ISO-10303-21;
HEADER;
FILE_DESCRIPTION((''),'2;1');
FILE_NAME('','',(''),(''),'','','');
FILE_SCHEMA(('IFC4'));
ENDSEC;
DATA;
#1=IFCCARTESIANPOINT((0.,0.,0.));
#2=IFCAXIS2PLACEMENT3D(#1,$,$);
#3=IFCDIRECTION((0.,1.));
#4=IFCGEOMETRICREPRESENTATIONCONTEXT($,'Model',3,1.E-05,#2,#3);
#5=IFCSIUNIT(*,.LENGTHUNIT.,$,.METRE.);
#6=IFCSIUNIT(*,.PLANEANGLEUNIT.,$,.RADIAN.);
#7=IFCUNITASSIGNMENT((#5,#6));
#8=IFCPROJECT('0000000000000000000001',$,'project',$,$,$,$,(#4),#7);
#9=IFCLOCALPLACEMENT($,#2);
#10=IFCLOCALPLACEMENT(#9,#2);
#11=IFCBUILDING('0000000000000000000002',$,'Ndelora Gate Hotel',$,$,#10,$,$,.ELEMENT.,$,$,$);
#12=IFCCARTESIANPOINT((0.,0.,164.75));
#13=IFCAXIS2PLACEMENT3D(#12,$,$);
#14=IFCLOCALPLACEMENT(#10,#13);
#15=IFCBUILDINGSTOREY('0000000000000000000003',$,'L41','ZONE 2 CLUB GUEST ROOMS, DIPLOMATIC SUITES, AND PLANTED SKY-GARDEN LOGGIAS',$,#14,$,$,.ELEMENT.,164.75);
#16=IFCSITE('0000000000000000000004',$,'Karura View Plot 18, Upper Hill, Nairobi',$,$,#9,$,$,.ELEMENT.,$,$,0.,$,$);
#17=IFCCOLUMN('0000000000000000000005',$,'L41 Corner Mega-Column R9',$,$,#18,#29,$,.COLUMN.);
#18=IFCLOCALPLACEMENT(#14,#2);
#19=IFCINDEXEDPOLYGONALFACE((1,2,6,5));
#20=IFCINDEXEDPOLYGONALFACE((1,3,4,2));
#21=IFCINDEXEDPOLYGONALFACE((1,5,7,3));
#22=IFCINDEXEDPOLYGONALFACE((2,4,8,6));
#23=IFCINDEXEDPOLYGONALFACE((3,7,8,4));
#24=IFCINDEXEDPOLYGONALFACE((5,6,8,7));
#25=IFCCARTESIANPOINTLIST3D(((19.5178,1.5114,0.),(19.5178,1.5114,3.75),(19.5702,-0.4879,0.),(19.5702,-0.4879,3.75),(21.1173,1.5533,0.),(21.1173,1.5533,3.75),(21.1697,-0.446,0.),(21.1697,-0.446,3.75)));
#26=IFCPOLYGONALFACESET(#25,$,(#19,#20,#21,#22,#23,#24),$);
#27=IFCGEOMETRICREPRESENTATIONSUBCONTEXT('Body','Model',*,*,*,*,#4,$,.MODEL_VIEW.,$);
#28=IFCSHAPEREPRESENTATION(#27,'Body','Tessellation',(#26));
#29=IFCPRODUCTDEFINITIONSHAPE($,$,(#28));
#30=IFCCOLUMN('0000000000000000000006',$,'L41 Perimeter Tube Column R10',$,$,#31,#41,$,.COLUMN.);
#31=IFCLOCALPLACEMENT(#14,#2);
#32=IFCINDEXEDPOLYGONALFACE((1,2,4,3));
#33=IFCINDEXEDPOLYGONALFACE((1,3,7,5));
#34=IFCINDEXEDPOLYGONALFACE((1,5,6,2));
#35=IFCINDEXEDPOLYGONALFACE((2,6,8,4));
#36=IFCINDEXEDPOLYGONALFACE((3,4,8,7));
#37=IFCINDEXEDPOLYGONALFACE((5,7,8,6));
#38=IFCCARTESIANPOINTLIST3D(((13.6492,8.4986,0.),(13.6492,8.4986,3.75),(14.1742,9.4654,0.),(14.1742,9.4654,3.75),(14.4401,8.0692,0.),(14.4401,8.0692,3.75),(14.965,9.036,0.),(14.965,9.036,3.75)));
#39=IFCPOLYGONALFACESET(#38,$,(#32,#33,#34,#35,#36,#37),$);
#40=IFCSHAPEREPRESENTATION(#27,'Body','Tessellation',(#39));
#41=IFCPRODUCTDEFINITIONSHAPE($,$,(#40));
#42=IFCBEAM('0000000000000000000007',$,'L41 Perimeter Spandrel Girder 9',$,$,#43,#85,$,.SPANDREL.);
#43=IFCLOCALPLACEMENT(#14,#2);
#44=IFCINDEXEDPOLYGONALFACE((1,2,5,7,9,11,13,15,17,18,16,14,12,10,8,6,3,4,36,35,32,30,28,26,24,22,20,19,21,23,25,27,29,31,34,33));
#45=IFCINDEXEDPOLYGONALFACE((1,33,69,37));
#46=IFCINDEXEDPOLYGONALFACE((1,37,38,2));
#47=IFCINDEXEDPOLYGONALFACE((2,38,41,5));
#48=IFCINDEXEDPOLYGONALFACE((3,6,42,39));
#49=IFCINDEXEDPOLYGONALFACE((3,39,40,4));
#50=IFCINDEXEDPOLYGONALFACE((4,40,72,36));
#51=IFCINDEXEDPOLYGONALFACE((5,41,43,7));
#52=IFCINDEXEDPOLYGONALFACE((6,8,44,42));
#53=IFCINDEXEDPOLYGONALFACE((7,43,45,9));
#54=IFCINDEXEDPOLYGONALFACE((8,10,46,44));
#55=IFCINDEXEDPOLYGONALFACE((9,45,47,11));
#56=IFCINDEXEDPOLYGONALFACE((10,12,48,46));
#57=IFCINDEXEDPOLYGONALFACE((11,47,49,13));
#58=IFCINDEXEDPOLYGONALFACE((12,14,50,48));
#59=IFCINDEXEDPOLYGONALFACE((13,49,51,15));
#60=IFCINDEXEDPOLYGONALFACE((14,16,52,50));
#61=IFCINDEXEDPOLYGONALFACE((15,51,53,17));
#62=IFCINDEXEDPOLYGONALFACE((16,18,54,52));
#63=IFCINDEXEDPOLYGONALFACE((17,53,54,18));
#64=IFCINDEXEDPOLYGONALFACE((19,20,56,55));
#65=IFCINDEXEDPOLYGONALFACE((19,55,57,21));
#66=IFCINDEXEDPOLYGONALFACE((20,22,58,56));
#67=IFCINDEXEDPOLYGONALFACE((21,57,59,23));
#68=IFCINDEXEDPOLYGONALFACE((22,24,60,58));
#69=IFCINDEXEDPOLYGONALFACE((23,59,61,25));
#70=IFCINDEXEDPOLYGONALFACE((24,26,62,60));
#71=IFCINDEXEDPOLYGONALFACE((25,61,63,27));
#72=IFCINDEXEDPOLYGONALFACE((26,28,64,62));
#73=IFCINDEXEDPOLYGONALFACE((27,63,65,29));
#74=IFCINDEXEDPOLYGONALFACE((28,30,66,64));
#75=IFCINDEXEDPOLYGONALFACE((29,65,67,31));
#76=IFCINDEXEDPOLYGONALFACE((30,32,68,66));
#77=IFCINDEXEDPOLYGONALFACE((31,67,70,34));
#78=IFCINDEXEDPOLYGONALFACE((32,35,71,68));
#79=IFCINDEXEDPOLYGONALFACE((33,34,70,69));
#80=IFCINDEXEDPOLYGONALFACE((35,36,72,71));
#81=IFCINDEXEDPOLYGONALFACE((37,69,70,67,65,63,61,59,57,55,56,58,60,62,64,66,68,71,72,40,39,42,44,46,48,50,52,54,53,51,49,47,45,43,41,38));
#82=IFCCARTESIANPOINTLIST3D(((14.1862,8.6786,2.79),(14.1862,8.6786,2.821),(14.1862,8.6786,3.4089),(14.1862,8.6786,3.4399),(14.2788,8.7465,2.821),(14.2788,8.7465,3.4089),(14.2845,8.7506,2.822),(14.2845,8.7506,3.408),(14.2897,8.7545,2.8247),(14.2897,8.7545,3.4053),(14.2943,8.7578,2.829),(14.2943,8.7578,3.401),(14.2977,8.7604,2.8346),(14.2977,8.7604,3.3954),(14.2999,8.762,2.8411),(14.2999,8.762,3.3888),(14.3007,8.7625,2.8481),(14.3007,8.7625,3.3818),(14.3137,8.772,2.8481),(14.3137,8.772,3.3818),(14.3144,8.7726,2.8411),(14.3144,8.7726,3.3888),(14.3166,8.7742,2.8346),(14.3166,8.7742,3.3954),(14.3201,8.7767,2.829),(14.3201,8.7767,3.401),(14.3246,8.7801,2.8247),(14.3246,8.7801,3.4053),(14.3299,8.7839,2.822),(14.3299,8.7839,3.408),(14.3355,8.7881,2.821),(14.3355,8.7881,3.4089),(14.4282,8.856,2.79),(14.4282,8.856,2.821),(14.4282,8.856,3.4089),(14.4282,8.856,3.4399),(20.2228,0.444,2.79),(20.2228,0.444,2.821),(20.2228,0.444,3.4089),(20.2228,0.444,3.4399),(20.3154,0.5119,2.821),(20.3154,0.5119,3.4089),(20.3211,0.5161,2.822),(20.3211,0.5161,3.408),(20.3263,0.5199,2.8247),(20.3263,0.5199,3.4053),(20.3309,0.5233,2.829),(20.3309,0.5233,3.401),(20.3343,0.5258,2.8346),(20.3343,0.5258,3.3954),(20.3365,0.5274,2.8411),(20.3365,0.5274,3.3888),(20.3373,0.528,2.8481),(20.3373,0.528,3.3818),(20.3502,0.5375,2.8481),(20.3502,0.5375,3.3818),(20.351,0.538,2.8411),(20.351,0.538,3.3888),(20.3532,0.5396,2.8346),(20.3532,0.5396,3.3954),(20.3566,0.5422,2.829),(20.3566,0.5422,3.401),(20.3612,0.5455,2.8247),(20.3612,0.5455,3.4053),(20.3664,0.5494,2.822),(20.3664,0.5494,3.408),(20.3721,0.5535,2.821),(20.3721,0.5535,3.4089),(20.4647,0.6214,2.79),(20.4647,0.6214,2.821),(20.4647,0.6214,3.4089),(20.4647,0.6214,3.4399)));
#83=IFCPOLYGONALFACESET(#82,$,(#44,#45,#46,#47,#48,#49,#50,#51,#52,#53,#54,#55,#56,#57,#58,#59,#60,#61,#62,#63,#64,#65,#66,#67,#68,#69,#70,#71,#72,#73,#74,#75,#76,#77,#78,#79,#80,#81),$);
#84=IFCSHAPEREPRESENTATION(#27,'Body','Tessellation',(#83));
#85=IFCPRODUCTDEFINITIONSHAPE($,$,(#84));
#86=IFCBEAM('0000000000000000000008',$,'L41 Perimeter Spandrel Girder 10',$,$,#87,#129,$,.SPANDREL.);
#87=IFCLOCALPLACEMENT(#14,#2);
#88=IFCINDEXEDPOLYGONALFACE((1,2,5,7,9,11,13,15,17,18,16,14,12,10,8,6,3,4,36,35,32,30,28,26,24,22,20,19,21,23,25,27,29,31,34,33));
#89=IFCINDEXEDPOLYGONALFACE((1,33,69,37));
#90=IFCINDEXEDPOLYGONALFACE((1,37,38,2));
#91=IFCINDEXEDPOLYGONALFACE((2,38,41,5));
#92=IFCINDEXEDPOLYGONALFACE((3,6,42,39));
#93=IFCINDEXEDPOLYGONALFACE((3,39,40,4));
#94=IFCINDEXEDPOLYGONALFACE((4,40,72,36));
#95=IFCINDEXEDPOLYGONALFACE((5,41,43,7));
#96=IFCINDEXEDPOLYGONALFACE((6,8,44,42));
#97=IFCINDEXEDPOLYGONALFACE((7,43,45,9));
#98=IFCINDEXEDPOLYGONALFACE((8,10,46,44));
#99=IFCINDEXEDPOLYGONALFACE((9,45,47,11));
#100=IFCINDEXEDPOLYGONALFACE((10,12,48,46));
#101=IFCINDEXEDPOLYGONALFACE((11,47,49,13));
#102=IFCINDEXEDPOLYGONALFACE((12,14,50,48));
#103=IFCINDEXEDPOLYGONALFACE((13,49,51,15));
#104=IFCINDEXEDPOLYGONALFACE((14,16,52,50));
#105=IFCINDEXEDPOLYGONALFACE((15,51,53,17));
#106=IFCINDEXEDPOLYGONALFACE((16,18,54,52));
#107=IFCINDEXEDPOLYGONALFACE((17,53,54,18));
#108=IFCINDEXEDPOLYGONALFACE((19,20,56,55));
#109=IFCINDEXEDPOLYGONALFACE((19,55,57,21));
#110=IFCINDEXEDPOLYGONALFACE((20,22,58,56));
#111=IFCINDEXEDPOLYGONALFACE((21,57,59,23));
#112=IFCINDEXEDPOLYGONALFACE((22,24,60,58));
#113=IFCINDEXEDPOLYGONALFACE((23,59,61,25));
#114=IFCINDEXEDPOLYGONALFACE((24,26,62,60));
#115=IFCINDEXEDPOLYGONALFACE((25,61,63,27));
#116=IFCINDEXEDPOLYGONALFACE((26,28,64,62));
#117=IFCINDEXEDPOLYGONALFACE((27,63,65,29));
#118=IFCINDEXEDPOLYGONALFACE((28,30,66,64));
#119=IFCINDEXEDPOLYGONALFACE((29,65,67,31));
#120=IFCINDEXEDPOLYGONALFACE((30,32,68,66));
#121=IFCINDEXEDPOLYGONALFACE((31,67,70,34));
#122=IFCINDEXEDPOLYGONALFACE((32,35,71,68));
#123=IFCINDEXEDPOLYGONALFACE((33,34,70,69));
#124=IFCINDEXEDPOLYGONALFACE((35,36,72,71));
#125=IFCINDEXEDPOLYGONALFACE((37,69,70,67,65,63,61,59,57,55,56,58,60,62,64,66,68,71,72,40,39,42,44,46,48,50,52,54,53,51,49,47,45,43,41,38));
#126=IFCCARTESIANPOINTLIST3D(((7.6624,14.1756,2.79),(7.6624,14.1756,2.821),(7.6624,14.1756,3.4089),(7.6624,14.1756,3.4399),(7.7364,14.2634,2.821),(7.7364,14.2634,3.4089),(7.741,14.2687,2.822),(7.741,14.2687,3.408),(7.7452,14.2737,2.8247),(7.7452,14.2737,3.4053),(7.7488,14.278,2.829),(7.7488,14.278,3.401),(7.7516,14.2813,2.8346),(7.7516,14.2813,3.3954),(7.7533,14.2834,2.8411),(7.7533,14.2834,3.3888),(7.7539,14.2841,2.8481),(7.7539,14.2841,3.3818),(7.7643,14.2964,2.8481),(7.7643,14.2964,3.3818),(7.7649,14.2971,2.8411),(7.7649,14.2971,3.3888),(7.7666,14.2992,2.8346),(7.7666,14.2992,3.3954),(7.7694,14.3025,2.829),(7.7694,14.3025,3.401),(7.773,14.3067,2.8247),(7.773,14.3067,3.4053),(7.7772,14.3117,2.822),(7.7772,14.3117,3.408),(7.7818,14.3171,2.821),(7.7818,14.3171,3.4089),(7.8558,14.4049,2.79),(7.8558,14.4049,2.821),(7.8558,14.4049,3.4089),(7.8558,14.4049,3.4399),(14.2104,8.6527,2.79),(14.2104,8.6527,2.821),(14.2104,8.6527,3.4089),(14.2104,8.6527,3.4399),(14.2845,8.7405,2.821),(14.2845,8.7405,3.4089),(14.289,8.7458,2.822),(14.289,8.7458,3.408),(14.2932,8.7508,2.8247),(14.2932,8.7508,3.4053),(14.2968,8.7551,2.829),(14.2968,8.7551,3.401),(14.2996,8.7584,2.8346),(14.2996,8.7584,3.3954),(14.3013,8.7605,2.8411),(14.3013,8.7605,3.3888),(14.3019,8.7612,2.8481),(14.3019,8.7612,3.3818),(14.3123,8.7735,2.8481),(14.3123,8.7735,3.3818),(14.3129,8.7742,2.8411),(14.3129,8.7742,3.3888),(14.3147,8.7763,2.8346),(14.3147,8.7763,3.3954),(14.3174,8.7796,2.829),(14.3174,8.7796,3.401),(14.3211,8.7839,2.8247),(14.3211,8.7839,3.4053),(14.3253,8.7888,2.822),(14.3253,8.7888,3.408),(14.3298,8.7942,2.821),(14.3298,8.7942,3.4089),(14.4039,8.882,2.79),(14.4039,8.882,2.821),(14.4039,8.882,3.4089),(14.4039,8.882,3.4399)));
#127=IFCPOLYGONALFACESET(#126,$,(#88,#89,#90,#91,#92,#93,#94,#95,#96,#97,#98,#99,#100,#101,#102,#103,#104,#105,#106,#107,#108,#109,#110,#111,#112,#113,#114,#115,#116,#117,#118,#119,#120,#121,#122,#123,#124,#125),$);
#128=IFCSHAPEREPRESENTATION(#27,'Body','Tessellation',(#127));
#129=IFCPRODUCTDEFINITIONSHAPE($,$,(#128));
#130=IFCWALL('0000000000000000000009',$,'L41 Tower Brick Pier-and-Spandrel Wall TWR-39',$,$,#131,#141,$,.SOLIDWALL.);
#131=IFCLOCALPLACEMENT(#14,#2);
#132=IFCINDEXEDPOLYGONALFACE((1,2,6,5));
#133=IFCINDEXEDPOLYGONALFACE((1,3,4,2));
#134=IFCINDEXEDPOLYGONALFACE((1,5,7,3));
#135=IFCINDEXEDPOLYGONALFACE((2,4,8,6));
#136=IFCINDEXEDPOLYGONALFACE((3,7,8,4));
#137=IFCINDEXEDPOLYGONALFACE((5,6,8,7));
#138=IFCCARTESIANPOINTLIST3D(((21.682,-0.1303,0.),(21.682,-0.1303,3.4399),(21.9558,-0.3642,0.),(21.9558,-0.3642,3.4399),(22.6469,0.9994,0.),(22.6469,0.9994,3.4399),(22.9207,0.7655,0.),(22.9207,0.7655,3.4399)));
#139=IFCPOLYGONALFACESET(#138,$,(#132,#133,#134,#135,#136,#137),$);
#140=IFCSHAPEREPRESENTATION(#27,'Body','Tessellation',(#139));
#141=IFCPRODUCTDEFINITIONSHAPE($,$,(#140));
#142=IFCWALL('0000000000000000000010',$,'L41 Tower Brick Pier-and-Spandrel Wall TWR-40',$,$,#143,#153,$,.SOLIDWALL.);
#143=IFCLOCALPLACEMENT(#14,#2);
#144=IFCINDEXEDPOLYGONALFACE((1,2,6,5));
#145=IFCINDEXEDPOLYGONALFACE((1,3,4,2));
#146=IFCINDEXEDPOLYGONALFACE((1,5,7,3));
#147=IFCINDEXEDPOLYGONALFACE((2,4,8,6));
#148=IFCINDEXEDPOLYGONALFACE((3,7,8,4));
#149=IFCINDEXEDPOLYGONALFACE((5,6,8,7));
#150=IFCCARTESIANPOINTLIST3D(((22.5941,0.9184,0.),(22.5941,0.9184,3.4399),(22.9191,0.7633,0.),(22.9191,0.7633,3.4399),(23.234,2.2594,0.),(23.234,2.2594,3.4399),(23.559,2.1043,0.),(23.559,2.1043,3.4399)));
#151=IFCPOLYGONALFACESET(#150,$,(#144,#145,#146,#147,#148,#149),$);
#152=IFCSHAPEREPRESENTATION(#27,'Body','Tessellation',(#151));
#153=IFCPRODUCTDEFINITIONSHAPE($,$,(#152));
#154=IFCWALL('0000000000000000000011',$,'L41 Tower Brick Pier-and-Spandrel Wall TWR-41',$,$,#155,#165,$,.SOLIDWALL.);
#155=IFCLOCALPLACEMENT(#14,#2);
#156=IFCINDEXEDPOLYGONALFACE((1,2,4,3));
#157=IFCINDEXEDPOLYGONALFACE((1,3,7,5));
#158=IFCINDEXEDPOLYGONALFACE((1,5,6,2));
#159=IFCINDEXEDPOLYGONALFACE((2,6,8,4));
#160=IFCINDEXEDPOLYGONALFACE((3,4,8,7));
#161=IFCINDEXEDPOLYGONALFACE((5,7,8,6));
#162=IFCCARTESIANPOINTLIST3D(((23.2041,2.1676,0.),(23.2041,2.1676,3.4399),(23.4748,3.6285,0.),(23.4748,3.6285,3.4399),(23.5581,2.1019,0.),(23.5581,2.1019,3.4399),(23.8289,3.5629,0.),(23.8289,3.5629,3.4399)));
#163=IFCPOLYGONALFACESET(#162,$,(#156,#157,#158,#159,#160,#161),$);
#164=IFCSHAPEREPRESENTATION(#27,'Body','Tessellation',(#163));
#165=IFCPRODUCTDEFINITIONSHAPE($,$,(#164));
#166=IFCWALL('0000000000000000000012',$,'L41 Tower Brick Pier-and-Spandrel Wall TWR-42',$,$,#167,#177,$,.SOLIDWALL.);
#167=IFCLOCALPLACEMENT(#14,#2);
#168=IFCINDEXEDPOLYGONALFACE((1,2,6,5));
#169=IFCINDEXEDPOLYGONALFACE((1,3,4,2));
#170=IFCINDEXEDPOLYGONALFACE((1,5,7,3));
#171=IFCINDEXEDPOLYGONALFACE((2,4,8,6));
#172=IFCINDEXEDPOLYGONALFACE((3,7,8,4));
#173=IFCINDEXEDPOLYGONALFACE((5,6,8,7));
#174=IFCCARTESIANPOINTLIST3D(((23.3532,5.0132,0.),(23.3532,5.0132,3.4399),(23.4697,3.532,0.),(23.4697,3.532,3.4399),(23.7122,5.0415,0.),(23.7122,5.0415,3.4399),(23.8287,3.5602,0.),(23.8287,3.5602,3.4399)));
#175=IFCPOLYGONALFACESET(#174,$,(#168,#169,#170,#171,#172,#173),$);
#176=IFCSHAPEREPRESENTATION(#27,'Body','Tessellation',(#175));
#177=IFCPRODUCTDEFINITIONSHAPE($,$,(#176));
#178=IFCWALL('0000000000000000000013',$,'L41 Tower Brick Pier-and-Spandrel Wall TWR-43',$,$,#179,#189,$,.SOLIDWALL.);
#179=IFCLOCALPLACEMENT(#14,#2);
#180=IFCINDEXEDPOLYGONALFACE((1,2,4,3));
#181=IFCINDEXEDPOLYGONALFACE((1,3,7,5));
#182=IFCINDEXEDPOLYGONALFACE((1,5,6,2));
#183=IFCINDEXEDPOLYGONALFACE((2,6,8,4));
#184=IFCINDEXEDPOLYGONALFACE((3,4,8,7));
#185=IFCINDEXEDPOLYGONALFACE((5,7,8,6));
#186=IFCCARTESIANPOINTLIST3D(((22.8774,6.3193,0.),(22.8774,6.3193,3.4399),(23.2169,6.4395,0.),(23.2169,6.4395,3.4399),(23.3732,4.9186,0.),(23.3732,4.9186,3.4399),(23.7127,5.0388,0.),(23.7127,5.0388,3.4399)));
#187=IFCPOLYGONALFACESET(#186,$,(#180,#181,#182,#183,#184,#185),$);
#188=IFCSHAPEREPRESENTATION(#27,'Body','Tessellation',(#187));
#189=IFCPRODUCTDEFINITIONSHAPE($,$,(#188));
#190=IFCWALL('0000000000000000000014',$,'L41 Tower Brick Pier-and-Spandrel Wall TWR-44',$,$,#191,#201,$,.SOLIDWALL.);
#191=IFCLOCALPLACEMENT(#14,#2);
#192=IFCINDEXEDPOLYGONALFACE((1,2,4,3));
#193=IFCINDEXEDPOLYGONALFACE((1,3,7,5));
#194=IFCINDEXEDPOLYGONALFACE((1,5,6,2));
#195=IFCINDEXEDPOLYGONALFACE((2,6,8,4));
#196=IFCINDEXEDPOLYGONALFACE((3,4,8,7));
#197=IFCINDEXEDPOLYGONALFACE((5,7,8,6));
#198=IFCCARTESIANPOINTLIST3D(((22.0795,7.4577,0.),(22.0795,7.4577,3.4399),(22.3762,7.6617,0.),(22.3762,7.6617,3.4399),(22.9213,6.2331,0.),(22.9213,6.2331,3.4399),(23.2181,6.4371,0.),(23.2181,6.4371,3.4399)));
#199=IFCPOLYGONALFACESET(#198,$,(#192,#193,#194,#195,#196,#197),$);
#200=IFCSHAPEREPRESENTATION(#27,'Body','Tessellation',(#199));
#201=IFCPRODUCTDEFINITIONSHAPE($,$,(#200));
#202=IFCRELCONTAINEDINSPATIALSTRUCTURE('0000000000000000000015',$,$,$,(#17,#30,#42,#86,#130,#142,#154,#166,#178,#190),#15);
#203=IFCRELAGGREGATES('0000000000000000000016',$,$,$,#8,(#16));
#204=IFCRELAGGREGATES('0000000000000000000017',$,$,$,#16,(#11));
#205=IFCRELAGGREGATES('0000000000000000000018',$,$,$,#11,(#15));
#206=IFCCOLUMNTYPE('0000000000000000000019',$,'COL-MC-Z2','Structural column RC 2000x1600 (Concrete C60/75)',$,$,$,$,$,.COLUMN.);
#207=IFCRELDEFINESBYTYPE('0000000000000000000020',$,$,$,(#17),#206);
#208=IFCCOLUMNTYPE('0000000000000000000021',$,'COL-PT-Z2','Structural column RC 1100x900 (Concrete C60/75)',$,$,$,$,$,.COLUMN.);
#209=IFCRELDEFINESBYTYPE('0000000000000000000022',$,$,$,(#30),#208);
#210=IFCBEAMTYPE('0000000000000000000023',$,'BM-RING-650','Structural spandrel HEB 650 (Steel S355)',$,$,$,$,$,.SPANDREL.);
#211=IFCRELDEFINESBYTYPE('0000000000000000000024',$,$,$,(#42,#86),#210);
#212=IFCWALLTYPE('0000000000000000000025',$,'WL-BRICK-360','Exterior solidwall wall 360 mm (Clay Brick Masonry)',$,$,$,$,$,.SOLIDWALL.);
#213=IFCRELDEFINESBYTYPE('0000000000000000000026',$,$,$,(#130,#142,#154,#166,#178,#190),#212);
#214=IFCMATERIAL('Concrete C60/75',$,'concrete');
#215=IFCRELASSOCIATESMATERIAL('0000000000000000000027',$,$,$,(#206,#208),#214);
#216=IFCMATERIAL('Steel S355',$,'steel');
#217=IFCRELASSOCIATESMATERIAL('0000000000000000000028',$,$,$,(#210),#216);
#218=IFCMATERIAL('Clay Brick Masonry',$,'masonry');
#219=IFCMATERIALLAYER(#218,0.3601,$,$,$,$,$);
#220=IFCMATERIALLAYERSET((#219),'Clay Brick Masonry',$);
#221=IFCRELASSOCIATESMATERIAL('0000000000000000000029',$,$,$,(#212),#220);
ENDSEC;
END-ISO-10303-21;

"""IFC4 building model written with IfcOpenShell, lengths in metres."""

from ifc_helpers import new_model, si_unit, direction, frame, frame_2d, origin, origin_2d, place, context, subcontext, project, spatial, rectangle, i_section, extrude, material, layer, layer_set, material_profile, profile_set, type_object, element, save


model = new_model("IFC4")

# Units and contexts
model_context = context("Model", 3, precision=1e-05, world=origin(), true_north=direction((0.0, 1.0)))
body_context = subcontext(model_context, "Body", "Model", "MODEL_VIEW")
ifc_project = project(units=[si_unit("LENGTHUNIT", "METRE"), si_unit("PLANEANGLEUNIT", "RADIAN")], contexts=[model_context])

# Site, building, storey
site_placement = place(None, origin())
site = spatial("IfcSite", under=ifc_project, at=site_placement, Name="Karura View Plot 18, Upper Hill, Nairobi", CompositionType="ELEMENT", RefElevation=0.0)
building_placement = place(site_placement, origin())
building = spatial("IfcBuilding", under=site, at=building_placement, Name="Ndelora Gate Hotel", CompositionType="ELEMENT")
storey_placement = place(building_placement, frame((0.0, 0.0, 164.75)))
storey = spatial("IfcBuildingStorey", under=building, at=storey_placement, Name="L41", Description="ZONE 2 CLUB GUEST ROOMS, DIPLOMATIC SUITES, AND PLANTED SKY-GARDEN LOGGIAS", CompositionType="ELEMENT", Elevation=164.75)

# Columns
ifc_material_1 = material(Name="Concrete C60/75", Category="concrete")
ifc_material_profile_1 = material_profile(ifc_material_1, rectangle(XDim=1.6001, YDim=2.0, at=origin_2d()), Name="RC 2000x1600")
ifc_profile_set_1 = profile_set([ifc_material_profile_1], Name="Concrete C60/75")
column_type_1 = type_object("IfcColumnType", Name="COL-MC-Z2", Description="Structural column RC 2000x1600 (Concrete C60/75)", PredefinedType="COLUMN", material=ifc_profile_set_1)
column_1_placement = place(storey_placement, frame((20.3438, 0.5327, 0.0), z_axis=(0.0, 0.0, 1.0), x_axis=(0.999657, 0.026177, 0.0)))
element("IfcColumn", 1, at=column_1_placement, inside=storey, type_object=column_type_1, Name="L41 Corner Mega-Column R9", PredefinedType="COLUMN", context=body_context, shape_type="SweptSolid", body=[
    extrude(rectangle(XDim=1.6001, YDim=2.0, at=origin_2d()), origin(), (0.0, 0.0, 1.0), 3.75),
])
ifc_material_profile_2 = material_profile(ifc_material_1, rectangle(XDim=0.8999, YDim=1.1001, at=origin_2d()), Name="RC 1100x900")
ifc_profile_set_2 = profile_set([ifc_material_profile_2], Name="Concrete C60/75")
column_type_2 = type_object("IfcColumnType", Name="COL-PT-Z2", Description="Structural column RC 1100x900 (Concrete C60/75)", PredefinedType="COLUMN", material=ifc_profile_set_2)
column_2_placement = place(storey_placement, frame((14.3071, 8.7673, 0.0), z_axis=(0.0, 0.0, 1.0), x_axis=(-0.878817, 0.477159, 0.0)))
element("IfcColumn", 2, at=column_2_placement, inside=storey, type_object=column_type_2, Name="L41 Perimeter Tube Column R10", PredefinedType="COLUMN", context=body_context, shape_type="SweptSolid", body=[
    extrude(rectangle(XDim=0.8999, YDim=1.1001, at=origin_2d()), origin(), (0.0, 0.0, 1.0), 3.75),
])

# Beams
ifc_material_2 = material(Name="Steel S355", Category="steel")
ifc_material_profile_3 = material_profile(ifc_material_2, i_section(OverallWidth=0.3, OverallDepth=0.6499, WebThickness=0.0161, FlangeThickness=0.031, FilletRadius=0.0271, at=origin_2d()), Name="HEB 650")
ifc_profile_set_3 = profile_set([ifc_material_profile_3], Name="Steel S355")
beam_type = type_object("IfcBeamType", Name="BM-RING-650", Description="Structural spandrel HEB 650 (Steel S355)", PredefinedType="SPANDREL", material=ifc_profile_set_3)
beam_1_placement = place(storey_placement, frame((20.3438, 0.5327, 3.115), z_axis=(-0.59123, 0.806503, 0.0), x_axis=(-0.806503, -0.59123, 0.0)))
element("IfcBeam", 3, at=beam_1_placement, inside=storey, type_object=beam_type, Name="L41 Perimeter Spandrel Girder 9", PredefinedType="SPANDREL", context=body_context, shape_type="SweptSolid", body=[
    extrude(i_section(OverallWidth=0.3, OverallDepth=0.6499, WebThickness=0.0161, FlangeThickness=0.031, FilletRadius=0.0271, at=origin_2d()), origin(), (0.0, 0.0, 1.0), 10.2102),
])
beam_2_placement = place(storey_placement, frame((14.3071, 8.7673, 3.115), z_axis=(-0.764407, 0.644734, 0.0), x_axis=(-0.644734, -0.764407, 0.0)))
element("IfcBeam", 4, at=beam_2_placement, inside=storey, type_object=beam_type, Name="L41 Perimeter Spandrel Girder 10", PredefinedType="SPANDREL", context=body_context, shape_type="SweptSolid", body=[
    extrude(i_section(OverallWidth=0.3, OverallDepth=0.6499, WebThickness=0.0161, FlangeThickness=0.031, FilletRadius=0.0271, at=origin_2d()), origin(), (0.0, 0.0, 1.0), 8.5662),
])

# Walls
ifc_material_3 = material(Name="Clay Brick Masonry", Category="masonry")
ifc_layer_1 = layer(ifc_material_3, 0.3601)
ifc_layer_set_1 = layer_set([ifc_layer_1], Name="Clay Brick Masonry")
wall_type = type_object("IfcWallType", Name="WL-BRICK-360", Description="Exterior solidwall wall 360 mm (Clay Brick Masonry)", PredefinedType="SOLIDWALL", material=ifc_layer_set_1)
wall_1_placement = place(storey_placement, frame((22.7837, 0.8823, 0.0), z_axis=(0.0, 0.0, 1.0), x_axis=(-0.649464, -0.760392, 0.0)))
element("IfcWall", 5, at=wall_1_placement, inside=storey, type_object=wall_type, Name="L41 Tower Brick Pier-and-Spandrel Wall TWR-39", PredefinedType="SOLIDWALL", context=body_context, shape_type="SweptSolid", body=[
    extrude(rectangle(XDim=1.4856, YDim=0.3601, at=frame_2d((0.7427, 0.0))), origin(), (0.0, 0.0, 1.0), 3.4399),
])
for number, where, z_axis, x_axis, name in (
    (6, (23.3965, 2.1819, 0.0), (0.0, 0.0, 1.0), (-0.430641, -0.902523, 0.0), "L41 Tower Brick Pier-and-Spandrel Wall TWR-40"),
    (7, (23.6519, 3.5957, 0.0), (0.0, 0.0, 1.0), (-0.182225, -0.983257, 0.0), "L41 Tower Brick Pier-and-Spandrel Wall TWR-41"),
    (8, (23.5327, 5.0273, 0.0), (0.0, 0.0, 1.0), (0.07838, -0.996924, 0.0), "L41 Tower Brick Pier-and-Spandrel Wall TWR-42"),
    (9, (23.0471, 6.3794, 0.0), (0.0, 0.0, 1.0), (0.333722, -0.942671, 0.0), "L41 Tower Brick Pier-and-Spandrel Wall TWR-43"),
):
    element("IfcWall", number, at=place(storey_placement, frame(where, z_axis=z_axis, x_axis=x_axis)), inside=storey, type_object=wall_type, Name=name, PredefinedType="SOLIDWALL", context=body_context, shape_type="SweptSolid", body=[
        extrude(rectangle(XDim=1.4858, YDim=0.3601, at=frame_2d((0.7429, 0.0))), origin(), (0.0, 0.0, 1.0), 3.4399),
    ])
wall_2_placement = place(storey_placement, frame((22.2278, 7.5598, 0.0), z_axis=(0.0, 0.0, 1.0), x_axis=(0.566473, -0.82408, 0.0)))
element("IfcWall", 10, at=wall_2_placement, inside=storey, type_object=wall_type, Name="L41 Tower Brick Pier-and-Spandrel Wall TWR-44", PredefinedType="SOLIDWALL", context=body_context, shape_type="SweptSolid", body=[
    extrude(rectangle(XDim=1.4861, YDim=0.3601, at=frame_2d((0.7432, 0.0))), origin(), (0.0, 0.0, 1.0), 3.4399),
])

save(model, "model.ifc")
